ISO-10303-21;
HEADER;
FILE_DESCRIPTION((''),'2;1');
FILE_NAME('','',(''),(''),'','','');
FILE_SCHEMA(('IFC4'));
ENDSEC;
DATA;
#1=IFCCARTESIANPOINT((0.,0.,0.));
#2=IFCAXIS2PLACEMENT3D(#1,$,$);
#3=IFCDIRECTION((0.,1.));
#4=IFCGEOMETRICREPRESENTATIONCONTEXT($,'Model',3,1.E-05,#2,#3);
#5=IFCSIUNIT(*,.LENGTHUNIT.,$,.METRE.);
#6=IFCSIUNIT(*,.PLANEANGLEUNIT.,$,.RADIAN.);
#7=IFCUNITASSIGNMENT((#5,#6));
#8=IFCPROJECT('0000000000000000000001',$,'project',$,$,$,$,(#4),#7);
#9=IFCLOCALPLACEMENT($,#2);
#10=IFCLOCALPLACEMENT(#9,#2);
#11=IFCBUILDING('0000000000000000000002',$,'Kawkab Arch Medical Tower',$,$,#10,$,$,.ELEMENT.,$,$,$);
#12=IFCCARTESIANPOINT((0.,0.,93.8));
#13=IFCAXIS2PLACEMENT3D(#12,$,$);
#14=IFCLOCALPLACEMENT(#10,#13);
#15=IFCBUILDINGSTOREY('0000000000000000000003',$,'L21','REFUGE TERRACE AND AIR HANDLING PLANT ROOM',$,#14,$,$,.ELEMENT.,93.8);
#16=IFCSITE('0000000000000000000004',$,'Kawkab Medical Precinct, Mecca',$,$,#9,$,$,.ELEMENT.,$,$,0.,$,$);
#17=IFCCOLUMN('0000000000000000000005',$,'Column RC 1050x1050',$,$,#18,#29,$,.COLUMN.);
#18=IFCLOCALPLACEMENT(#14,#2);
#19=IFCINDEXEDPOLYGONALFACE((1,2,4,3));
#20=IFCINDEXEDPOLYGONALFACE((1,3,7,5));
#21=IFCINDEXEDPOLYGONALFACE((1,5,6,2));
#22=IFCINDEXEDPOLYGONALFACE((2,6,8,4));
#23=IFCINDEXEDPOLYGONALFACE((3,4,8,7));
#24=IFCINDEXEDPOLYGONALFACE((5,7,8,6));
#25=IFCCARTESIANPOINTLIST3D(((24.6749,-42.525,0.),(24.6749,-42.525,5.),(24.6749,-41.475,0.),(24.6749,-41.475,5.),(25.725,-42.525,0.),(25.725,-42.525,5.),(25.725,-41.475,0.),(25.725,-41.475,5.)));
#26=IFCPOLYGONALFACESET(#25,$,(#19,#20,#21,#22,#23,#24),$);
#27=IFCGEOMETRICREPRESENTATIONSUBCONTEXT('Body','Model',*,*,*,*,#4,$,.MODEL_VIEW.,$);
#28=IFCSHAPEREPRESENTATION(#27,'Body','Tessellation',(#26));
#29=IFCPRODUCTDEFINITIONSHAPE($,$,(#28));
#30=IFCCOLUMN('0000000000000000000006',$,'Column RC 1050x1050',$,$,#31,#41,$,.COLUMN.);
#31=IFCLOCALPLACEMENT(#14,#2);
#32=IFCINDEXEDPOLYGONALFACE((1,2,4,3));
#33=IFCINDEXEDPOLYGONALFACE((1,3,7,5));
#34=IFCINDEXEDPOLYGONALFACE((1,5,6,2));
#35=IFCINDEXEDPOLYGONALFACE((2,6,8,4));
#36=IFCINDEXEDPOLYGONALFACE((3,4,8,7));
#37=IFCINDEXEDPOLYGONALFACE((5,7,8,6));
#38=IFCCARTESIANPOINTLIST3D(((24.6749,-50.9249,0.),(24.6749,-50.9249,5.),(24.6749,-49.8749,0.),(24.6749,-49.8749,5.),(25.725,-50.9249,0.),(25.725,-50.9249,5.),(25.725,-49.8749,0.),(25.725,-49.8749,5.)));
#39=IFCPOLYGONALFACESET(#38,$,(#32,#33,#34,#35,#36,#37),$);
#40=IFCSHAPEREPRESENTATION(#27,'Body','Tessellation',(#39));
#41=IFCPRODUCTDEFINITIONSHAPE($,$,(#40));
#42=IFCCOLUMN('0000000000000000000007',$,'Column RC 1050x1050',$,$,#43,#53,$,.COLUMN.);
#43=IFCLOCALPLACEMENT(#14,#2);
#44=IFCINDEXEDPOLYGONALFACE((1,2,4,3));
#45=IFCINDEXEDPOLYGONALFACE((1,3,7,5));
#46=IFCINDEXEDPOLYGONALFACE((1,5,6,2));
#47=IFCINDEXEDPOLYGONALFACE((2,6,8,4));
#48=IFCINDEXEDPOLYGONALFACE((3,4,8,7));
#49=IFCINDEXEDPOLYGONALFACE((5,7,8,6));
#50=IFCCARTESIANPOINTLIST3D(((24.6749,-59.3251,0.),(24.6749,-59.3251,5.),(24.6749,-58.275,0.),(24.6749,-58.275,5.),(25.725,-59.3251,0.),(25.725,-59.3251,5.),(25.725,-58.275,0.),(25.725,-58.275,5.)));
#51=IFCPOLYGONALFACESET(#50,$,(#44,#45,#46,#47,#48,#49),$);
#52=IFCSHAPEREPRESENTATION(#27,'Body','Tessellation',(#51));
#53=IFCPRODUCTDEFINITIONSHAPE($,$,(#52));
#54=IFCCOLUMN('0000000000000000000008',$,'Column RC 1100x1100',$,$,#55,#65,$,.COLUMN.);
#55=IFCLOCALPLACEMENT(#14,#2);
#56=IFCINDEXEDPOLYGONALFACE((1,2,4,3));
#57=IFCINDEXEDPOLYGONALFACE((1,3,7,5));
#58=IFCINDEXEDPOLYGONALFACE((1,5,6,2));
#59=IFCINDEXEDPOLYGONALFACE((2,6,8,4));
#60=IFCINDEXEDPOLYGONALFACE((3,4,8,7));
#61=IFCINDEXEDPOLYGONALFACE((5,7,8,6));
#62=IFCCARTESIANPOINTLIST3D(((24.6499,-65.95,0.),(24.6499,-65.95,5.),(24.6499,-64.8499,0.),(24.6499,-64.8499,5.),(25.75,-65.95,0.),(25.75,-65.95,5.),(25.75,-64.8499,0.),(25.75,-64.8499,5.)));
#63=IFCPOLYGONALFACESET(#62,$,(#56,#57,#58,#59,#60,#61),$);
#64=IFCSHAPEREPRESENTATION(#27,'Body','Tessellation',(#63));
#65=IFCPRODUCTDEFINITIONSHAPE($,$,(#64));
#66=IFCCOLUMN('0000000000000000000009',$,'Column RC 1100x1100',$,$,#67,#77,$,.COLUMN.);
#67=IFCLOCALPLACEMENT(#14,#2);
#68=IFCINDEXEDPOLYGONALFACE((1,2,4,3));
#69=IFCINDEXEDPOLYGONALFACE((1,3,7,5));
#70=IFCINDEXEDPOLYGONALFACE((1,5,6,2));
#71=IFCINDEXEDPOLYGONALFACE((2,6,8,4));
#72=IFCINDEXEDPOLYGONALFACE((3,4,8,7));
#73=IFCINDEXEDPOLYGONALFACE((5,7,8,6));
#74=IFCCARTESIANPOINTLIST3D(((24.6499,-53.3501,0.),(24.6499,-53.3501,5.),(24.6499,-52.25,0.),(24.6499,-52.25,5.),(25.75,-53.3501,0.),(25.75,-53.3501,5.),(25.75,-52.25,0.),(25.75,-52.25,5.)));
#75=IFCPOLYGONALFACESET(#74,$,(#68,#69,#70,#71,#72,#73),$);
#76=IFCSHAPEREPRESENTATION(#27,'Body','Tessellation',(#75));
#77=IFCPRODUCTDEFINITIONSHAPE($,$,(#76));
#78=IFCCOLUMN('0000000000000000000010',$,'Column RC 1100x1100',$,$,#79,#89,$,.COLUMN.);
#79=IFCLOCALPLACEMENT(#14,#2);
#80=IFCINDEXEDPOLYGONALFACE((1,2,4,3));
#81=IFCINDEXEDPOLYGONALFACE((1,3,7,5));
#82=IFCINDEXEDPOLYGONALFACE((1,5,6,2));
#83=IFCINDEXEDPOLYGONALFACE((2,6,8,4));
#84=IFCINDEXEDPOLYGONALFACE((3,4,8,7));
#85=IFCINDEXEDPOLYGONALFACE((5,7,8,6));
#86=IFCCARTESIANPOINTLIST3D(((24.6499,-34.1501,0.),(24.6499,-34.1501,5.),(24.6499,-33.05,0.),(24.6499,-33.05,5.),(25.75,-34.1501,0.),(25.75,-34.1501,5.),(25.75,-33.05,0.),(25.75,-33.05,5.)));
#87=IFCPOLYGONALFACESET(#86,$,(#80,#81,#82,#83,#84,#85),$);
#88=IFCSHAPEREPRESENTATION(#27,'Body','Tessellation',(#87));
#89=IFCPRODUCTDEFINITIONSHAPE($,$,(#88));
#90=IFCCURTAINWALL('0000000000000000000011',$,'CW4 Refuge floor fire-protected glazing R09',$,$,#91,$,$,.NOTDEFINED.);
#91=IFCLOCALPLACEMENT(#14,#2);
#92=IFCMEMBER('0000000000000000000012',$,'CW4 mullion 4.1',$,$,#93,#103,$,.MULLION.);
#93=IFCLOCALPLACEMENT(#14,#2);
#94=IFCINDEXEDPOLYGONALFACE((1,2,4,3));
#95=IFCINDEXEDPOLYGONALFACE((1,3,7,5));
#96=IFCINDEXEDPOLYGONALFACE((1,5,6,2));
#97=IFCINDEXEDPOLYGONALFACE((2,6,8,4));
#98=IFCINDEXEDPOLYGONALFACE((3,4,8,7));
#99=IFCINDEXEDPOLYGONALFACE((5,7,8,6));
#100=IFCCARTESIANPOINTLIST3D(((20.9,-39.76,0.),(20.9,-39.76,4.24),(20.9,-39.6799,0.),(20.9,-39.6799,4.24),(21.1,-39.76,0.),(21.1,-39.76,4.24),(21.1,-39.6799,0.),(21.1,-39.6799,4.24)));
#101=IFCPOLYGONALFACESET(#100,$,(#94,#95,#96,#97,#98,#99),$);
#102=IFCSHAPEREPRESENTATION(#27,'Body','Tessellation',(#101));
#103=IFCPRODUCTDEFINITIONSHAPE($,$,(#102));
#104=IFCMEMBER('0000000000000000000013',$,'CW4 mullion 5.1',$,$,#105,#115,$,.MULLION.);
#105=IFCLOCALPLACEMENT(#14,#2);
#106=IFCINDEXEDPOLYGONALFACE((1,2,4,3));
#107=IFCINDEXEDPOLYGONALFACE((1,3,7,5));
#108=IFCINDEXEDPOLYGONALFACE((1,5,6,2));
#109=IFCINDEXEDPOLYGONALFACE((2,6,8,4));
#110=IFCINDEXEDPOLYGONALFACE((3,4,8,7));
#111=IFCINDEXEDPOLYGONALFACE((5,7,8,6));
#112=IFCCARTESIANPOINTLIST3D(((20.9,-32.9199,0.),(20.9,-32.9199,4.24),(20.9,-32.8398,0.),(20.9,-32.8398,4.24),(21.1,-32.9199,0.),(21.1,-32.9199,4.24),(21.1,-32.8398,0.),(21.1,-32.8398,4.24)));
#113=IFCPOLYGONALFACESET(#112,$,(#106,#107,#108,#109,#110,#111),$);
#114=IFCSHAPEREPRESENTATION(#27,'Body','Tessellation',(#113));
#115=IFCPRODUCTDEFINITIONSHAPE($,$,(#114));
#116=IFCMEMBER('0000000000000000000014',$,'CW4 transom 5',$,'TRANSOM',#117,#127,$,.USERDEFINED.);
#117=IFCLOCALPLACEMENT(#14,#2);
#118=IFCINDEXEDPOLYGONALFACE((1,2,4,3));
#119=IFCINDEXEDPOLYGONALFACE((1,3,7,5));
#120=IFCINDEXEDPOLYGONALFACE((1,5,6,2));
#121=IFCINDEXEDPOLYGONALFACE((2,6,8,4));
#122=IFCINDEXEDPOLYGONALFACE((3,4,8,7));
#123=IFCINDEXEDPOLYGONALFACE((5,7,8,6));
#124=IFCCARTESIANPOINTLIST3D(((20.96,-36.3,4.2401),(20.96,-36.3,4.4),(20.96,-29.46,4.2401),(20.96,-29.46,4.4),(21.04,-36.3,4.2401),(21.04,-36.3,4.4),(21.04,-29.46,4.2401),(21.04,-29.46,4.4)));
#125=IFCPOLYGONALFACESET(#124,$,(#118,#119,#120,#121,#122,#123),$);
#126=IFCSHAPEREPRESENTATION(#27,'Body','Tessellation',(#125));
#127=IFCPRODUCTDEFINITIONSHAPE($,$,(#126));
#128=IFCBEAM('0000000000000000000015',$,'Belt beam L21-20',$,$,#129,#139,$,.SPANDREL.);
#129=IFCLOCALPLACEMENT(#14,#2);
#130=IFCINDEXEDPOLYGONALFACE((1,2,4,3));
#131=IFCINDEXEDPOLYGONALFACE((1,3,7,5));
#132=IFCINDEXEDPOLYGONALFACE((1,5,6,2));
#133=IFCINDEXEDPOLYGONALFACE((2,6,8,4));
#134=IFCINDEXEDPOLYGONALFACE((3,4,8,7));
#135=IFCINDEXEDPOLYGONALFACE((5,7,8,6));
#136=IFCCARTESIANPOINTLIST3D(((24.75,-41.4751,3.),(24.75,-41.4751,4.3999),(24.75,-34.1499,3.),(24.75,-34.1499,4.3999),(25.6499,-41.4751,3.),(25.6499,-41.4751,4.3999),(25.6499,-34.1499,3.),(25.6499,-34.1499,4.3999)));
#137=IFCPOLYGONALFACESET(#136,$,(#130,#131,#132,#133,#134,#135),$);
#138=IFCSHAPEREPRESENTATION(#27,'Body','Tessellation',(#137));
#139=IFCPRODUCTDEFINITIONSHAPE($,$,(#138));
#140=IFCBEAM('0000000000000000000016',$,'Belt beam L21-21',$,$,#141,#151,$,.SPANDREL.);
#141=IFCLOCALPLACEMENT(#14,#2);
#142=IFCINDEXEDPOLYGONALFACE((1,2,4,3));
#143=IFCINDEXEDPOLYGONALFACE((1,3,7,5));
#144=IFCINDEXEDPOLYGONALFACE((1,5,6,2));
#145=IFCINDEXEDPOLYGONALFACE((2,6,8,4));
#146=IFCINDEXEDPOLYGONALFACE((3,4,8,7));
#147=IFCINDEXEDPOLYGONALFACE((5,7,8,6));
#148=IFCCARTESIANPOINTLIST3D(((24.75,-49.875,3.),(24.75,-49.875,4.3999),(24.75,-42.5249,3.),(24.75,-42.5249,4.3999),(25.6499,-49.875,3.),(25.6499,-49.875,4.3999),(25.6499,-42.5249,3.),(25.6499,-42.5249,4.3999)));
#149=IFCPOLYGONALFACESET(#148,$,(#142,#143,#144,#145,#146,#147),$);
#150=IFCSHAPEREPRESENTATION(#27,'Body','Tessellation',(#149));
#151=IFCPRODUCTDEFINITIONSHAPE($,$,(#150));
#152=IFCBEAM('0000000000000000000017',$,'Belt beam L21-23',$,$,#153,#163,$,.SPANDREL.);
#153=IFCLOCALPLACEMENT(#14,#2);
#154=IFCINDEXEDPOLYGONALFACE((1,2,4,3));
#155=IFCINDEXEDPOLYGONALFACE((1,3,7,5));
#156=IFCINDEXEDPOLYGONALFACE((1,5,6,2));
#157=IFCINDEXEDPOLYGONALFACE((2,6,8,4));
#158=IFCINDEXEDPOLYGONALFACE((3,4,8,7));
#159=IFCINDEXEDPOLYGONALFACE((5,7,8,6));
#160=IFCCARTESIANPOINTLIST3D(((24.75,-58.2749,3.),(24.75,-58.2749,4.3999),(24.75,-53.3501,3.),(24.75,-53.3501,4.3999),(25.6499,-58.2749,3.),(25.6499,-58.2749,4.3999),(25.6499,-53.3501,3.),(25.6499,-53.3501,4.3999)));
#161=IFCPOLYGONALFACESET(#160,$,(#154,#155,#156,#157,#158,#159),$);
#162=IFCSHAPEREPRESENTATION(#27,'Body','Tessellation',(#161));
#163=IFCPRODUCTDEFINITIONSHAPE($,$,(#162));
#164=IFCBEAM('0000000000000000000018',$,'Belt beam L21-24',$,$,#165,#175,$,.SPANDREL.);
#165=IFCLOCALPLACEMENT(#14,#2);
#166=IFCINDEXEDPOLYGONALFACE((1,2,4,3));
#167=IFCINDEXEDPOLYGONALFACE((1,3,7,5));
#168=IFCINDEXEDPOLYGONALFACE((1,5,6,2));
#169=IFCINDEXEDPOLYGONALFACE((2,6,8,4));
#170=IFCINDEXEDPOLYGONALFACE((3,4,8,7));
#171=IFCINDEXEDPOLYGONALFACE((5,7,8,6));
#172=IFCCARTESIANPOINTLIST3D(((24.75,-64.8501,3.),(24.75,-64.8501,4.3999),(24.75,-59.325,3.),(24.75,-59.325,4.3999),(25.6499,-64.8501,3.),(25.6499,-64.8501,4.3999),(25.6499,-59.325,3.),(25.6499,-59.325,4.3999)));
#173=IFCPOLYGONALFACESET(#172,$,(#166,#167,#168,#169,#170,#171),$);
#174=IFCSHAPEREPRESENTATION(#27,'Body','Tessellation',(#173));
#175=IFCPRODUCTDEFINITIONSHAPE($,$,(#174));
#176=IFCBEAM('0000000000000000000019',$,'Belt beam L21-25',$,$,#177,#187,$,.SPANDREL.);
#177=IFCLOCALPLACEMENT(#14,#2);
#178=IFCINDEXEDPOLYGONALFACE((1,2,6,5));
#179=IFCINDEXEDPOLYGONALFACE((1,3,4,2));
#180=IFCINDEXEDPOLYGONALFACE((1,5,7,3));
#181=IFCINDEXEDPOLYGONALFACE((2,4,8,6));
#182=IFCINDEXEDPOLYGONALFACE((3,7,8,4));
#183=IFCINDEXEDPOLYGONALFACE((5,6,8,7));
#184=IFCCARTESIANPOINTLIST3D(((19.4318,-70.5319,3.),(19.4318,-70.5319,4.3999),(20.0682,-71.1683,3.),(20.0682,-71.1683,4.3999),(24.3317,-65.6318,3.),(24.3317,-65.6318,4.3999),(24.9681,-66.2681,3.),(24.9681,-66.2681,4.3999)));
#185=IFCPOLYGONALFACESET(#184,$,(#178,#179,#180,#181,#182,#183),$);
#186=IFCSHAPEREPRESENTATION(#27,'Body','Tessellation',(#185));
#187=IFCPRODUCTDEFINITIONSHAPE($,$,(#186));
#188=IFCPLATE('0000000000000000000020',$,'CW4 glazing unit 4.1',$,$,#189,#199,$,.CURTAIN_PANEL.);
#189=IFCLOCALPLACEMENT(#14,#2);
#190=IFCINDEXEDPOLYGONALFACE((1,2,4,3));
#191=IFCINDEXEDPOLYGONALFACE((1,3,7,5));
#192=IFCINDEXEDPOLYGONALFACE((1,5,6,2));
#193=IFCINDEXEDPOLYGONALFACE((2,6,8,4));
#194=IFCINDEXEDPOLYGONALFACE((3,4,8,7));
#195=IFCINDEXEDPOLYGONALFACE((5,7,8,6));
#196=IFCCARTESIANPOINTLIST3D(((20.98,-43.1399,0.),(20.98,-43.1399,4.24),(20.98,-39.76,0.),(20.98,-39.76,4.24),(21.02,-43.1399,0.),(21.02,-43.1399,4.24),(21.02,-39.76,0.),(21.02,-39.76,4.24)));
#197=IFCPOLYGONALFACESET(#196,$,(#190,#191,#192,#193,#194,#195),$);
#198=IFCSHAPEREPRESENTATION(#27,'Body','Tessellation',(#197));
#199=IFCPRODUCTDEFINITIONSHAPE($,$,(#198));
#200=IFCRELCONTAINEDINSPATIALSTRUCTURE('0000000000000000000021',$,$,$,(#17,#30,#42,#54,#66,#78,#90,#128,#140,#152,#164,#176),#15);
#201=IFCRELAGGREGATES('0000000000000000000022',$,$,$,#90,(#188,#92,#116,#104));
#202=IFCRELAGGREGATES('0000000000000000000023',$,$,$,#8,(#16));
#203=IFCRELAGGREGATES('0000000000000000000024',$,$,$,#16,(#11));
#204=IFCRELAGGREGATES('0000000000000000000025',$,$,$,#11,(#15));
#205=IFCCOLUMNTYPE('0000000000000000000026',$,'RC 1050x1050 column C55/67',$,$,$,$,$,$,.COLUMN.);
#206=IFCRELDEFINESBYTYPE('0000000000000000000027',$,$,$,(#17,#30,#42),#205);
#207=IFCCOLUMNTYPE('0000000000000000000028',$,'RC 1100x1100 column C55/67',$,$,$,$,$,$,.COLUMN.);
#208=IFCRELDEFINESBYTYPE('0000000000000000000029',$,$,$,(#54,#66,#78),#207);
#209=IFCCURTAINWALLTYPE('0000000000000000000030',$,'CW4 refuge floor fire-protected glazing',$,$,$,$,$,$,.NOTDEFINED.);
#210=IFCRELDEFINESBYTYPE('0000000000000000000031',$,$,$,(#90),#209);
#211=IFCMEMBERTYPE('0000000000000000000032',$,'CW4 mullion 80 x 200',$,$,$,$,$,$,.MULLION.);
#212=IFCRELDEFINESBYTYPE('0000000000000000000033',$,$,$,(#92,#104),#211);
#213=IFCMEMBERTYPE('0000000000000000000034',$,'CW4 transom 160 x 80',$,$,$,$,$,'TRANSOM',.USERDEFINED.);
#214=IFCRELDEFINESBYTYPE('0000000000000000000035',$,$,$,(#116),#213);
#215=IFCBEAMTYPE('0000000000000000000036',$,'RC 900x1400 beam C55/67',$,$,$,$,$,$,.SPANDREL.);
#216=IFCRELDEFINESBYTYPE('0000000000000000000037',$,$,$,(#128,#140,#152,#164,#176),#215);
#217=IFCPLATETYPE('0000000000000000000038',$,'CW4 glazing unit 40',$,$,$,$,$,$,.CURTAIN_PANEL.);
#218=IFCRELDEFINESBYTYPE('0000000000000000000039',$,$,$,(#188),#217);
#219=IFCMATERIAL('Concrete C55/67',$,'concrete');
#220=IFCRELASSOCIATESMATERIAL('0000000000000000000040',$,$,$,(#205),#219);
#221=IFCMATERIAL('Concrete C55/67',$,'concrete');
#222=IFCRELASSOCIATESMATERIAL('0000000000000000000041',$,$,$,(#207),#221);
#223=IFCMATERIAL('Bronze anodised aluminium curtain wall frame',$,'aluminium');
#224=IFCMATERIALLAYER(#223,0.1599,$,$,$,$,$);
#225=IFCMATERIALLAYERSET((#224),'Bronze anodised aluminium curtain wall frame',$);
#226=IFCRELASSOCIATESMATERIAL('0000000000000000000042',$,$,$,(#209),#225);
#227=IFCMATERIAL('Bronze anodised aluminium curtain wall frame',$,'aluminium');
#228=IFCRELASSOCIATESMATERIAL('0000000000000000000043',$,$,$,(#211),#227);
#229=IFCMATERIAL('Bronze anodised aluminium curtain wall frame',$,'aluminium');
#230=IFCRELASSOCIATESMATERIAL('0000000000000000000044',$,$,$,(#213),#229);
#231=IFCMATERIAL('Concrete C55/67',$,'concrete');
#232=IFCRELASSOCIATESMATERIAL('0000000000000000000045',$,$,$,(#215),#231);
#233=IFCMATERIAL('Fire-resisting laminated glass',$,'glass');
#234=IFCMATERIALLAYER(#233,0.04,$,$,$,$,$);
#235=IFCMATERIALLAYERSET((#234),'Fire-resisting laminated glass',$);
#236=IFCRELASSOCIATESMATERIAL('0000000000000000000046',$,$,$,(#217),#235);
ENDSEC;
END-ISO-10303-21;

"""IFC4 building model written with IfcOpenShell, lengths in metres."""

from ifc_helpers import new_model, si_unit, direction, frame, origin, origin_2d, place, context, subcontext, project, spatial, rectangle, extrude, material, layer, layer_set, material_profile, profile_set, type_object, element, aggregate, save


model = new_model("IFC4")

# Units and contexts
model_context = context("Model", 3, precision=1e-05, world=origin(), true_north=direction((0.0, 1.0)))
body_context = subcontext(model_context, "Body", "Model", "MODEL_VIEW")
ifc_project = project(units=[si_unit("LENGTHUNIT", "METRE"), si_unit("PLANEANGLEUNIT", "RADIAN")], contexts=[model_context])

# Site, building, storey
site_placement = place(None, origin())
site = spatial("IfcSite", under=ifc_project, at=site_placement, Name="Kawkab Medical Precinct, Mecca", CompositionType="ELEMENT", RefElevation=0.0)
building_placement = place(site_placement, origin())
building = spatial("IfcBuilding", under=site, at=building_placement, Name="Kawkab Arch Medical Tower", CompositionType="ELEMENT")
storey_placement = place(building_placement, frame((0.0, 0.0, 93.8)))
storey = spatial("IfcBuildingStorey", under=building, at=storey_placement, Name="L21", Description="REFUGE TERRACE AND AIR HANDLING PLANT ROOM", CompositionType="ELEMENT", Elevation=93.8)

# Columns
ifc_material_1 = material(Name="Concrete C55/67", Category="concrete")
ifc_material_profile_1 = material_profile(ifc_material_1, rectangle(XDim=1.05, YDim=1.05, at=origin_2d()), Name="RC 1050x1050")
ifc_profile_set_1 = profile_set([ifc_material_profile_1], Name="Concrete C55/67")
column_type_1 = type_object("IfcColumnType", Name="RC 1050x1050 column C55/67", PredefinedType="COLUMN", material=ifc_profile_set_1)
for number, where, z_axis, x_axis, name in (
    (1, (25.2, -42.0, 0.0), (0.0, 0.0, 1.0), (1.0, 0.0, 0.0), "Column RC 1050x1050"),
    (2, (25.2, -50.3999, 0.0), (0.0, 0.0, 1.0), (1.0, 0.0, 0.0), "Column RC 1050x1050"),
    (3, (25.2, -58.8, 0.0), (0.0, 0.0, 1.0), (1.0, 0.0, 0.0), "Column RC 1050x1050"),
):
    element("IfcColumn", number, at=place(storey_placement, frame(where, z_axis=z_axis, x_axis=x_axis)), inside=storey, type_object=column_type_1, Name=name, PredefinedType="COLUMN", context=body_context, shape_type="SweptSolid", body=[
        extrude(rectangle(XDim=1.05, YDim=1.05, at=origin_2d()), origin(), (0.0, 0.0, 1.0), 5.0),
    ])
ifc_material_2 = material(Name="Concrete C55/67", Category="concrete")
ifc_material_profile_2 = material_profile(ifc_material_2, rectangle(XDim=1.1001, YDim=1.1001, at=origin_2d()), Name="RC 1100x1100")
ifc_profile_set_2 = profile_set([ifc_material_profile_2], Name="Concrete C55/67")
column_type_2 = type_object("IfcColumnType", Name="RC 1100x1100 column C55/67", PredefinedType="COLUMN", material=ifc_profile_set_2)
for number, where, z_axis, x_axis, name in (
    (4, (25.2, -65.3999, 0.0), (0.0, 0.0, 1.0), (1.0, 0.0, 0.0), "Column RC 1100x1100"),
    (5, (25.2, -52.8, 0.0), (0.0, 0.0, 1.0), (1.0, 0.0, 0.0), "Column RC 1100x1100"),
    (6, (25.2, -33.6001, 0.0), (0.0, 0.0, 1.0), (1.0, 0.0, 0.0), "Column RC 1100x1100"),
):
    element("IfcColumn", number, at=place(storey_placement, frame(where, z_axis=z_axis, x_axis=x_axis)), inside=storey, type_object=column_type_2, Name=name, PredefinedType="COLUMN", context=body_context, shape_type="SweptSolid", body=[
        extrude(rectangle(XDim=1.1001, YDim=1.1001, at=origin_2d()), origin(), (0.0, 0.0, 1.0), 5.0),
    ])

# Curtain wall, members
ifc_material_3 = material(Name="Bronze anodised aluminium curtain wall frame", Category="aluminium")
ifc_layer_1 = layer(ifc_material_3, 0.1599)
ifc_layer_set_1 = layer_set([ifc_layer_1], Name="Bronze anodised aluminium curtain wall frame")
curtain_wall_type = type_object("IfcCurtainWallType", Name="CW4 refuge floor fire-protected glazing", PredefinedType="NOTDEFINED", material=ifc_layer_set_1)
curtain_wall_placement = place(storey_placement, origin())
curtain_wall = element("IfcCurtainWall", 7, at=curtain_wall_placement, inside=storey, type_object=curtain_wall_type, Name="CW4 Refuge floor fire-protected glazing R09", PredefinedType="NOTDEFINED")
ifc_material_4 = material(Name="Bronze anodised aluminium curtain wall frame", Category="aluminium")
ifc_material_profile_3 = material_profile(ifc_material_4, rectangle(XDim=0.2, YDim=0.0801, at=origin_2d()), Name="AL 80x200")
ifc_profile_set_3 = profile_set([ifc_material_profile_3], Name="Bronze anodised aluminium curtain wall frame")
member_type_1 = type_object("IfcMemberType", Name="CW4 mullion 80 x 200", PredefinedType="MULLION", material=ifc_profile_set_3)
member_1_placement = place(storey_placement, frame((21.0, -39.72, 0.0), z_axis=(0.0, 0.0, 1.0), x_axis=(-1.0, 0.0, 0.0)))
member_1 = element("IfcMember", 8, at=member_1_placement, type_object=member_type_1, Name="CW4 mullion 4.1", PredefinedType="MULLION", context=body_context, shape_type="SweptSolid", body=[
    extrude(rectangle(XDim=0.2, YDim=0.0801, at=origin_2d()), origin(), (0.0, 0.0, 1.0), 4.24),
])
member_2_placement = place(storey_placement, frame((21.0, -32.8799, 0.0), z_axis=(0.0, 0.0, 1.0), x_axis=(-1.0, 0.0, 0.0)))
member_2 = element("IfcMember", 9, at=member_2_placement, type_object=member_type_1, Name="CW4 mullion 5.1", PredefinedType="MULLION", context=body_context, shape_type="SweptSolid", body=[
    extrude(rectangle(XDim=0.2, YDim=0.0801, at=origin_2d()), origin(), (0.0, 0.0, 1.0), 4.24),
])
ifc_material_5 = material(Name="Bronze anodised aluminium curtain wall frame", Category="aluminium")
ifc_material_profile_4 = material_profile(ifc_material_5, rectangle(XDim=0.0801, YDim=0.1599, at=origin_2d()), Name="AL 80x160")
ifc_profile_set_4 = profile_set([ifc_material_profile_4], Name="Bronze anodised aluminium curtain wall frame")
member_type_2 = type_object("IfcMemberType", Name="CW4 transom 160 x 80", ElementType="TRANSOM", PredefinedType="USERDEFINED", material=ifc_profile_set_4)
member_3_placement = place(storey_placement, frame((21.0, -36.3, 4.3201), z_axis=(0.0, 1.0, 0.0), x_axis=(-1.0, 0.0, 0.0)))
member_3 = element("IfcMember", 10, at=member_3_placement, type_object=member_type_2, Name="CW4 transom 5", ObjectType="TRANSOM", PredefinedType="USERDEFINED", context=body_context, shape_type="SweptSolid", body=[
    extrude(rectangle(XDim=0.0801, YDim=0.1599, at=origin_2d()), origin(), (0.0, 0.0, 1.0), 6.8401),
])

# Beams
ifc_material_6 = material(Name="Concrete C55/67", Category="concrete")
ifc_material_profile_5 = material_profile(ifc_material_6, rectangle(XDim=0.8999, YDim=1.3999, at=origin_2d()), Name="RC 900x1400")
ifc_profile_set_5 = profile_set([ifc_material_profile_5], Name="Concrete C55/67")
beam_type = type_object("IfcBeamType", Name="RC 900x1400 beam C55/67", PredefinedType="SPANDREL", material=ifc_profile_set_5)
beam_1_placement = place(storey_placement, frame((25.2, -34.1499, 3.7), z_axis=(0.0, -1.0, 0.0), x_axis=(1.0, 0.0, 0.0)))
element("IfcBeam", 11, at=beam_1_placement, inside=storey, type_object=beam_type, Name="Belt beam L21-20", PredefinedType="SPANDREL", context=body_context, shape_type="SweptSolid", body=[
    extrude(rectangle(XDim=0.8999, YDim=1.3999, at=origin_2d()), origin(), (0.0, 0.0, 1.0), 7.3252),
])
beam_2_placement = place(storey_placement, frame((25.2, -42.5249, 3.7), z_axis=(0.0, -1.0, 0.0), x_axis=(1.0, 0.0, 0.0)))
element("IfcBeam", 12, at=beam_2_placement, inside=storey, type_object=beam_type, Name="Belt beam L21-21", PredefinedType="SPANDREL", context=body_context, shape_type="SweptSolid", body=[
    extrude(rectangle(XDim=0.8999, YDim=1.3999, at=origin_2d()), origin(), (0.0, 0.0, 1.0), 7.3501),
])
beam_3_placement = place(storey_placement, frame((25.2, -53.3501, 3.7), z_axis=(0.0, -1.0, 0.0), x_axis=(1.0, 0.0, 0.0)))
element("IfcBeam", 13, at=beam_3_placement, inside=storey, type_object=beam_type, Name="Belt beam L21-23", PredefinedType="SPANDREL", context=body_context, shape_type="SweptSolid", body=[
    extrude(rectangle(XDim=0.8999, YDim=1.3999, at=origin_2d()), origin(), (0.0, 0.0, 1.0), 4.9248),
])
beam_4_placement = place(storey_placement, frame((25.2, -59.325, 3.7), z_axis=(0.0, -1.0, 0.0), x_axis=(1.0, 0.0, 0.0)))
element("IfcBeam", 14, at=beam_4_placement, inside=storey, type_object=beam_type, Name="Belt beam L21-24", PredefinedType="SPANDREL", context=body_context, shape_type="SweptSolid", body=[
    extrude(rectangle(XDim=0.8999, YDim=1.3999, at=origin_2d()), origin(), (0.0, 0.0, 1.0), 5.5251),
])
beam_5_placement = place(storey_placement, frame((24.6499, -65.95, 3.7), z_axis=(-0.707089, -0.707124, 0.0), x_axis=(0.707124, -0.707089, 0.0)))
element("IfcBeam", 15, at=beam_5_placement, inside=storey, type_object=beam_type, Name="Belt beam L21-25", PredefinedType="SPANDREL", context=body_context, shape_type="SweptSolid", body=[
    extrude(rectangle(XDim=0.8999, YDim=1.3999, at=origin_2d()), origin(), (0.0, 0.0, 1.0), 6.9297),
])

# Plate
ifc_material_7 = material(Name="Fire-resisting laminated glass", Category="glass")
ifc_layer_2 = layer(ifc_material_7, 0.04)
ifc_layer_set_2 = layer_set([ifc_layer_2], Name="Fire-resisting laminated glass")
plate_type = type_object("IfcPlateType", Name="CW4 glazing unit 40", PredefinedType="CURTAIN_PANEL", material=ifc_layer_set_2)
plate_1_placement = place(storey_placement, frame((21.0, -41.45, 0.0), z_axis=(0.0, 0.0, 1.0), x_axis=(0.0, 1.0, 0.0)))
plate_1 = element("IfcPlate", 16, at=plate_1_placement, type_object=plate_type, Name="CW4 glazing unit 4.1", PredefinedType="CURTAIN_PANEL", context=body_context, shape_type="SweptSolid", body=[
    extrude(rectangle(XDim=3.3799, YDim=0.04, at=origin_2d()), origin(), (0.0, 0.0, 1.0), 4.24),
])
aggregate(curtain_wall, [plate_1, member_1, member_3, member_2])

save(model, "model.ifc")
